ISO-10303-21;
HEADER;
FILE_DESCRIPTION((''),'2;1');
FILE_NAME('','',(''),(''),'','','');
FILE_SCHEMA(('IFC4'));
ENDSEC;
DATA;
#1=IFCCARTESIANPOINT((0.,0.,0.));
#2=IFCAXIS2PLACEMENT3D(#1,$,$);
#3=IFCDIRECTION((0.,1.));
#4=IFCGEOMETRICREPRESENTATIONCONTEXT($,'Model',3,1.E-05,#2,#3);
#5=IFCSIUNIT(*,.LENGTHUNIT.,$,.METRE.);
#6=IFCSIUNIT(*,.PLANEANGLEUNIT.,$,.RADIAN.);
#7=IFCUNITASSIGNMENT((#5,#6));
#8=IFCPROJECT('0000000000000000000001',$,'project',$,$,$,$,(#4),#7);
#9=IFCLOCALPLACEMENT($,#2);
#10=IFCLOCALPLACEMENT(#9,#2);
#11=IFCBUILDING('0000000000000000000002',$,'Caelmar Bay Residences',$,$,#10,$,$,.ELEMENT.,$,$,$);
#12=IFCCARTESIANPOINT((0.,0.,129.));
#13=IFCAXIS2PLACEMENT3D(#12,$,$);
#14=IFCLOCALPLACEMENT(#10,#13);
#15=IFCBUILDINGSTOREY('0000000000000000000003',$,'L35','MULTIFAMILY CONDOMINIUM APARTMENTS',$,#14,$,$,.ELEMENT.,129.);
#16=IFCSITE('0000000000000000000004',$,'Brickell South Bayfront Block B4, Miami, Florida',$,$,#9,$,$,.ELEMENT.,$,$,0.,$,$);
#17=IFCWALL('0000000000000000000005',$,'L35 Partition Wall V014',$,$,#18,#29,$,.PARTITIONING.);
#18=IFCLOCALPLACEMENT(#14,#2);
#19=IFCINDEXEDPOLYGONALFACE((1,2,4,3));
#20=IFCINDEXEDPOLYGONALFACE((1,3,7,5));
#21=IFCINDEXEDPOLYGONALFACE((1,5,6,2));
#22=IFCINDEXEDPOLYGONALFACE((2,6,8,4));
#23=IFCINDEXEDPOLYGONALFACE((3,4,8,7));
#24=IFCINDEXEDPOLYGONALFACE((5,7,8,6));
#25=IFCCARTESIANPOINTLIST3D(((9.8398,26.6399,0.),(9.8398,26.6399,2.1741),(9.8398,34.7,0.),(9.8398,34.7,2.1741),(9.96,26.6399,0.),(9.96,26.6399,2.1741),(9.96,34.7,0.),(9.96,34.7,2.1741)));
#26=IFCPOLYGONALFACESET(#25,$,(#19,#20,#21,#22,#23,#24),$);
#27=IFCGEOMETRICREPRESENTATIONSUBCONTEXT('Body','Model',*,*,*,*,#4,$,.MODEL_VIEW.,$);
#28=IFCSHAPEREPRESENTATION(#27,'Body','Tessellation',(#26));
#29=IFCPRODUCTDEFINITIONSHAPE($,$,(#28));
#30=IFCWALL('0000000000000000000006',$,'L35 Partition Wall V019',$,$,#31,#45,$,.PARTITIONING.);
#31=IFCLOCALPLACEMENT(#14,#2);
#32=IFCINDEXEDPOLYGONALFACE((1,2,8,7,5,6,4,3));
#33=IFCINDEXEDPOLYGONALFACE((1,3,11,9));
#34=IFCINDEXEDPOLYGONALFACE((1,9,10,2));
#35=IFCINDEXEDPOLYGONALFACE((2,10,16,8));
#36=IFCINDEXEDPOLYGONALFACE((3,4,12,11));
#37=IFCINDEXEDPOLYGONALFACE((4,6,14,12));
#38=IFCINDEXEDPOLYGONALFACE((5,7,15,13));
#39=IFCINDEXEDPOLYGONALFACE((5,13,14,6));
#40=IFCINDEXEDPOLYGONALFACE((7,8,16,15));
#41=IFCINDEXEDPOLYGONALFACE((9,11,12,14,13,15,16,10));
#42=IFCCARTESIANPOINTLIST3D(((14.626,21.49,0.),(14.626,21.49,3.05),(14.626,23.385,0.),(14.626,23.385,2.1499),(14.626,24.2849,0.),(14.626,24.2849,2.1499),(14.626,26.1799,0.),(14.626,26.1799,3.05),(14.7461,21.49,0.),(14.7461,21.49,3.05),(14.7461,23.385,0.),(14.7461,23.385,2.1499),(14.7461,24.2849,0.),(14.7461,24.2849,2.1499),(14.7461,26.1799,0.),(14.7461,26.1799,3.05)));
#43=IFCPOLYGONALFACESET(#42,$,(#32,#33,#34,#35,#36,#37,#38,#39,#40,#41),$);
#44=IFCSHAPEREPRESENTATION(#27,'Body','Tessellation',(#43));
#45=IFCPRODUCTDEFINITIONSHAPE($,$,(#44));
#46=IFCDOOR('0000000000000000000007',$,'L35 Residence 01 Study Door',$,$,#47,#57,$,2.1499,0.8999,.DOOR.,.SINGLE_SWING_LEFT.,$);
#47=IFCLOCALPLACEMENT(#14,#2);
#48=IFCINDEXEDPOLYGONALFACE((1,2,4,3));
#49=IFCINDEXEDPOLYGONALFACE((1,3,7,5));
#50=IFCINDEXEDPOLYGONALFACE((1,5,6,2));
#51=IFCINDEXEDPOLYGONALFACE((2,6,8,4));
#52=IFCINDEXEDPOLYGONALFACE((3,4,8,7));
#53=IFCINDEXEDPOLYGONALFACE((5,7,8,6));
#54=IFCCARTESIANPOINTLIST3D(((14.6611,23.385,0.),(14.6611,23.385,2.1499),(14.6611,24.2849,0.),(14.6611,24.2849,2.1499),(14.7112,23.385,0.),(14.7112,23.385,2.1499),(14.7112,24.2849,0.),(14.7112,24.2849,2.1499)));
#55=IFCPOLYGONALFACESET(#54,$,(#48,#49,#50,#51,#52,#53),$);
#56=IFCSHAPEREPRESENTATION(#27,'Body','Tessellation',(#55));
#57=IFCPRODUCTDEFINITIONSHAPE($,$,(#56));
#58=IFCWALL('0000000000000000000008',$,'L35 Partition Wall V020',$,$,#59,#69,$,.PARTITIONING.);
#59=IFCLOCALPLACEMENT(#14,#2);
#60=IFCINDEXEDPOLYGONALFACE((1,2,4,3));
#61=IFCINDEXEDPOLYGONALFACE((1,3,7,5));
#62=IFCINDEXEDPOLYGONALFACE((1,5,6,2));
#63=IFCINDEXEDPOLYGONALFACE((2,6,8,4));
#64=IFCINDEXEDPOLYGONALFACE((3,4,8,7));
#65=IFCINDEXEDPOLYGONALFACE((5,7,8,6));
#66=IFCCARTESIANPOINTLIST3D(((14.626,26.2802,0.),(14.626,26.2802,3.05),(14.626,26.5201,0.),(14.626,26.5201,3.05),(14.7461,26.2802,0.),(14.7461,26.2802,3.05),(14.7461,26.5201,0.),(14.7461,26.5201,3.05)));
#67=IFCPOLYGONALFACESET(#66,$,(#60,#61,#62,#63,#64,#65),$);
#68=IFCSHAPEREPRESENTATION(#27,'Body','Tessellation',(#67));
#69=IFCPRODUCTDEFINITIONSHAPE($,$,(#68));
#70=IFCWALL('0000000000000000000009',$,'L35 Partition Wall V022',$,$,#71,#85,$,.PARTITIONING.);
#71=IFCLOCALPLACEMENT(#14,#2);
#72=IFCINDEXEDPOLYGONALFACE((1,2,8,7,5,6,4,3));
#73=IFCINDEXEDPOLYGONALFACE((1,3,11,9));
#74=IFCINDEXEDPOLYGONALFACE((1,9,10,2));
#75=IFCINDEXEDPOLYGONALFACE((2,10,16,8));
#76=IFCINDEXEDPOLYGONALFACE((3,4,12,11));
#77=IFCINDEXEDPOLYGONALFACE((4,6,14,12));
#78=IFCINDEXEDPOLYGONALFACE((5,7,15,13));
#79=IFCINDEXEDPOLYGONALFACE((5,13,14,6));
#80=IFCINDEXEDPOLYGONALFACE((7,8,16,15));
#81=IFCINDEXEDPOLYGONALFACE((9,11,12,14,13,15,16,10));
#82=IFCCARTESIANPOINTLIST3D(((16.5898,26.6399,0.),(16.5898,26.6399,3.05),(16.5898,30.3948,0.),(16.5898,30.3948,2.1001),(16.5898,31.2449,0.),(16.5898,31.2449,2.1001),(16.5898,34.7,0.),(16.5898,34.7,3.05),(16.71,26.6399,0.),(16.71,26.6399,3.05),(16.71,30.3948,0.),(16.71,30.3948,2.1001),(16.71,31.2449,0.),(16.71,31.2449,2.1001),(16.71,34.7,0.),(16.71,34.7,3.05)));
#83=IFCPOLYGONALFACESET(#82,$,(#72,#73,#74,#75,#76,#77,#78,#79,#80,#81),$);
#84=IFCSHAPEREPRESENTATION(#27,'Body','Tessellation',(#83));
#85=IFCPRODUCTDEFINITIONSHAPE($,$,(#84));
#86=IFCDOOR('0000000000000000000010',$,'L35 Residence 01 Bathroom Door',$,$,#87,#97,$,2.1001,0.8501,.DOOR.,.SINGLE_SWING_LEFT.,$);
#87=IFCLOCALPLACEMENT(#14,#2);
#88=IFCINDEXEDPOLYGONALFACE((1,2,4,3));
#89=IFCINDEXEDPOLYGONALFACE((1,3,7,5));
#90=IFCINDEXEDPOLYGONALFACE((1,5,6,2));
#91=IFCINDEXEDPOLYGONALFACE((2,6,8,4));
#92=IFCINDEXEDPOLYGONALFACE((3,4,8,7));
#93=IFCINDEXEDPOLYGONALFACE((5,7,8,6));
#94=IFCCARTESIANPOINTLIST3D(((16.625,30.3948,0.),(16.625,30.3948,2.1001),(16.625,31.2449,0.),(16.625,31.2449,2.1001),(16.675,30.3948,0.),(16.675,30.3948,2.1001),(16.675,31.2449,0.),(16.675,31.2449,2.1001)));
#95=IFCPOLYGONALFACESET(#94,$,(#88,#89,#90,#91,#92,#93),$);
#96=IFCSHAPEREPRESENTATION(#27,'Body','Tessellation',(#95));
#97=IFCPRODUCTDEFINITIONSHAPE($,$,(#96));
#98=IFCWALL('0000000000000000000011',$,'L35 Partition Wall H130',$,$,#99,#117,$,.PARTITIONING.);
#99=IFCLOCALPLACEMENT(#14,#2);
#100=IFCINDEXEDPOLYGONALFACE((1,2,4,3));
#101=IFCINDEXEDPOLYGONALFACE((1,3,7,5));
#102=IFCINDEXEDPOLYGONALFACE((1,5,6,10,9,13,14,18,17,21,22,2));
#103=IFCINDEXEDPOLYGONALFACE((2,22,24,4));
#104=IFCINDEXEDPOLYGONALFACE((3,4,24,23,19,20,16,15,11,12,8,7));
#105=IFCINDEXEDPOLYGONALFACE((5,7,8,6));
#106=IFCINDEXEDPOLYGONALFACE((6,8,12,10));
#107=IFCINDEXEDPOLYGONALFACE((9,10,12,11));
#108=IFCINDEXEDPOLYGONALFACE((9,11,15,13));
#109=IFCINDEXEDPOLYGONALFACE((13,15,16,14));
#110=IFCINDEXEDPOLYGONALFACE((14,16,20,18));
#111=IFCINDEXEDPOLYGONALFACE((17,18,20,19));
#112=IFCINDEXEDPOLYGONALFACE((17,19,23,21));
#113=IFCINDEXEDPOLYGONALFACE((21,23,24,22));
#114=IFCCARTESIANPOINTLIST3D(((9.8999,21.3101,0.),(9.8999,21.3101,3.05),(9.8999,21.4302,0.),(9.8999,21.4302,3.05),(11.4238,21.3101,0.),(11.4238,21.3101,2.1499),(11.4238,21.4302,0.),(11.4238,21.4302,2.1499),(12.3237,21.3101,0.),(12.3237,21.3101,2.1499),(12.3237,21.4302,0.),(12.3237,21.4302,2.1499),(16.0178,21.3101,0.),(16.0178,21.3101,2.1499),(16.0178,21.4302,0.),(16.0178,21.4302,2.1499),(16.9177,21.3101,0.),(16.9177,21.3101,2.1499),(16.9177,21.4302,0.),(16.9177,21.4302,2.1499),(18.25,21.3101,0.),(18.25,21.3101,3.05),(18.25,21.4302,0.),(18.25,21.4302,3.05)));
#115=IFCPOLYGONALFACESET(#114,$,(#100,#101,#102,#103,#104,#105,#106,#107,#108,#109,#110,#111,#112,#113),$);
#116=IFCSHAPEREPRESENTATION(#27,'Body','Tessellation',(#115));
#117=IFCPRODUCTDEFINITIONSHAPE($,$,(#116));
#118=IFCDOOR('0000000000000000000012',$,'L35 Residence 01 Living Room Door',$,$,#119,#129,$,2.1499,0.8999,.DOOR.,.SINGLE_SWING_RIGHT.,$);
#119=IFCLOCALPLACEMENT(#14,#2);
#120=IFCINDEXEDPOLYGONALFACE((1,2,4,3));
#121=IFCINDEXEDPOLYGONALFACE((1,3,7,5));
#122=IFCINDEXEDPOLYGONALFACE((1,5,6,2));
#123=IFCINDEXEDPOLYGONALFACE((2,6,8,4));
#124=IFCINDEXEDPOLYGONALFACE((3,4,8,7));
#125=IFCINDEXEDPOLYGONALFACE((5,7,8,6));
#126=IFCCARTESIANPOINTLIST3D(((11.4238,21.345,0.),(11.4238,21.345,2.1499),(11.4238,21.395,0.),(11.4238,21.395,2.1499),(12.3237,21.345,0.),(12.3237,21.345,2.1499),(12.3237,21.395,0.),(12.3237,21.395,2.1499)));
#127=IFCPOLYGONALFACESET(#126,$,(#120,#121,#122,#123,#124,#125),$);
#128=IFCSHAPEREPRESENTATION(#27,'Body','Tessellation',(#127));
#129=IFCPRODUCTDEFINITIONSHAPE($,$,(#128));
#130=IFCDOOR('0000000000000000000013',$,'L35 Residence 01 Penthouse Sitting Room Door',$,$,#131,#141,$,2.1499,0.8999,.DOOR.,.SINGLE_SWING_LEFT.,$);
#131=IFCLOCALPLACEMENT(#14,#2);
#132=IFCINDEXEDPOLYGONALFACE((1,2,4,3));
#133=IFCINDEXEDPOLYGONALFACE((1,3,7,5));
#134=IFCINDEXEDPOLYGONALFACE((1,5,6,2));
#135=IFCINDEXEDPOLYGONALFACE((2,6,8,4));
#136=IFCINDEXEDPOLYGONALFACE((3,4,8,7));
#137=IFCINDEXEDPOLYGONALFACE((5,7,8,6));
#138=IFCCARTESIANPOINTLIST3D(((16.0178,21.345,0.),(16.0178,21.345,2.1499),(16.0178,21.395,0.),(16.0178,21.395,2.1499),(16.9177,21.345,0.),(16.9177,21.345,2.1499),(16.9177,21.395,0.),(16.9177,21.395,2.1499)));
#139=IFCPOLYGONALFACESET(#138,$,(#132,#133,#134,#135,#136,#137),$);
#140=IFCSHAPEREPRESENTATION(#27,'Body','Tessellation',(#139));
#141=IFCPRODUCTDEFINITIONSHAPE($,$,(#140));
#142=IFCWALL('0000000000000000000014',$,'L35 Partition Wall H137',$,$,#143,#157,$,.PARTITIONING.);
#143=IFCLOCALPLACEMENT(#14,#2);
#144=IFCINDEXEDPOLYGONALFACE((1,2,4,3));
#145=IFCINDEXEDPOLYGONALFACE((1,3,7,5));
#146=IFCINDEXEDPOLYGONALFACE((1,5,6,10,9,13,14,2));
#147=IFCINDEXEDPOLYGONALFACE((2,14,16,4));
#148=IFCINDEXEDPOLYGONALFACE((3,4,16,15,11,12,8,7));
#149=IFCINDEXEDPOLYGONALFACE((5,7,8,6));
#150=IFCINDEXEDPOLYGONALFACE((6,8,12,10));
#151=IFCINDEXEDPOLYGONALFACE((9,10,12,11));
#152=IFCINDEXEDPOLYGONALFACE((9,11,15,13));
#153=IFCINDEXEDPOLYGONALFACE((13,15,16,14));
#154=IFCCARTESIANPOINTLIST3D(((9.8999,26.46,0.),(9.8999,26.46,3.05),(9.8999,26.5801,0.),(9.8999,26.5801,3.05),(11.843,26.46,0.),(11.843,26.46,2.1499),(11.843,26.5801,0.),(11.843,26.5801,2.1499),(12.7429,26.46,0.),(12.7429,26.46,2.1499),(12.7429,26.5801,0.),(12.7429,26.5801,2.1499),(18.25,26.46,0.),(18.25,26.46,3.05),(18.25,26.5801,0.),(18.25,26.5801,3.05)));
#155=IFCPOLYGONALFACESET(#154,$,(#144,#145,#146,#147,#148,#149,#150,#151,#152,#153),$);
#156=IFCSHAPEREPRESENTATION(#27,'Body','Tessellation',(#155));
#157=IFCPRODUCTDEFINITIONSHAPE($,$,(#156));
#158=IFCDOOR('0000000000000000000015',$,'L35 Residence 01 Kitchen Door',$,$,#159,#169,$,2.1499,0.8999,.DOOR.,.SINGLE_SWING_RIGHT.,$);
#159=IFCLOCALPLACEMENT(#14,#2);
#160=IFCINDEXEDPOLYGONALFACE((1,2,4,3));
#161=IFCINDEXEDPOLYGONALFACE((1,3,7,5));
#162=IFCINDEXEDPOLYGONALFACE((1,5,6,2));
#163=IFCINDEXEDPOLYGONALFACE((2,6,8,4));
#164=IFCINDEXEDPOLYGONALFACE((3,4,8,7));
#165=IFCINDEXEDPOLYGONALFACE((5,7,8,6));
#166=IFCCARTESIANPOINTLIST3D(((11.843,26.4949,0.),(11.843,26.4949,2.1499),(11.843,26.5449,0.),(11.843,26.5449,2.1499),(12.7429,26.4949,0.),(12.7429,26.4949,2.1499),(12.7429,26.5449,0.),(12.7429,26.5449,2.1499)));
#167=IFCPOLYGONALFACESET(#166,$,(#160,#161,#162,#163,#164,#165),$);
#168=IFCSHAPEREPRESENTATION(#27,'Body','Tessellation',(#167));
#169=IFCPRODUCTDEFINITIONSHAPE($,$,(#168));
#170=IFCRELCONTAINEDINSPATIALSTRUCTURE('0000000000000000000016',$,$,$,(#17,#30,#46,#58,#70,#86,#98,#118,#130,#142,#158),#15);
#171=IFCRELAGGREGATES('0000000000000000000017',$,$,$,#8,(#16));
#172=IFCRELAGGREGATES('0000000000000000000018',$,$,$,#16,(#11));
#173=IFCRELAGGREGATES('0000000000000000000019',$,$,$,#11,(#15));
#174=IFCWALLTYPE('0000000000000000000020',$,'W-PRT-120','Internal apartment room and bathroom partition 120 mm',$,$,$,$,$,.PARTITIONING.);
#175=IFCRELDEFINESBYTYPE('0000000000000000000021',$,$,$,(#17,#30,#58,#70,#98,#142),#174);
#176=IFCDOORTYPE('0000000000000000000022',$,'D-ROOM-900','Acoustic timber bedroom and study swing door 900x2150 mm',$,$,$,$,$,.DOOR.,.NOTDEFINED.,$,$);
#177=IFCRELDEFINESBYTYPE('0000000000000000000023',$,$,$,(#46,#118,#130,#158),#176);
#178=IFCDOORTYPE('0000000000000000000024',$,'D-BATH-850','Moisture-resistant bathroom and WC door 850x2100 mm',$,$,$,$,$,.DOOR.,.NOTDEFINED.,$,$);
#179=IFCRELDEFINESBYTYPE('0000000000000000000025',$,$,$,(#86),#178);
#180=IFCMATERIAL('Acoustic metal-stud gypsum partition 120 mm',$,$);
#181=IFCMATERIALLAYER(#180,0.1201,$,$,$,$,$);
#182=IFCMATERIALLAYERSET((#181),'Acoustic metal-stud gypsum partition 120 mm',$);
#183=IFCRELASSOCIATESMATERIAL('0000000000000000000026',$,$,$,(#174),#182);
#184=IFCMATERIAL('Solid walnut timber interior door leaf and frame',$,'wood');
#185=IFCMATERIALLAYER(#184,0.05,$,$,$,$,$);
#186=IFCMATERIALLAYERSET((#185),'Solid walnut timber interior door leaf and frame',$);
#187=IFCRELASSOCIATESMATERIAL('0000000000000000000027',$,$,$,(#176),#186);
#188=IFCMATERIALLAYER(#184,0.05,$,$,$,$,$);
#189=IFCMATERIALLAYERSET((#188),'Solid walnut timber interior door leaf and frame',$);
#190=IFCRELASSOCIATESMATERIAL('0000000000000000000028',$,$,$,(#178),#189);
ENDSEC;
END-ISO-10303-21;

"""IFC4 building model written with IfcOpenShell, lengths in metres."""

from ifc_helpers import new_model, si_unit, direction, frame, frame_2d, origin, place, context, subcontext, project, spatial, rectangle, extrude, material, layer, layer_set, type_object, element, fill, save


model = new_model("IFC4")

# Units and contexts
model_context = context("Model", 3, precision=1e-05, world=origin(), true_north=direction((0.0, 1.0)))
body_context = subcontext(model_context, "Body", "Model", "MODEL_VIEW")
ifc_project = project(units=[si_unit("LENGTHUNIT", "METRE"), si_unit("PLANEANGLEUNIT", "RADIAN")], contexts=[model_context])

# Site, building, storey
site_placement = place(None, origin())
site = spatial("IfcSite", under=ifc_project, at=site_placement, Name="Brickell South Bayfront Block B4, Miami, Florida", CompositionType="ELEMENT", RefElevation=0.0)
building_placement = place(site_placement, origin())
building = spatial("IfcBuilding", under=site, at=building_placement, Name="Caelmar Bay Residences", CompositionType="ELEMENT")
storey_placement = place(building_placement, frame((0.0, 0.0, 129.0)))
storey = spatial("IfcBuildingStorey", under=building, at=storey_placement, Name="L35", Description="MULTIFAMILY CONDOMINIUM APARTMENTS", CompositionType="ELEMENT", Elevation=129.0)

# Shared definitions
ifc_material_1 = material(Name="Acoustic metal-stud gypsum partition 120 mm")
ifc_layer_1 = layer(ifc_material_1, 0.1201)
ifc_layer_set_1 = layer_set([ifc_layer_1], Name="Acoustic metal-stud gypsum partition 120 mm")
wall_type_1 = type_object("IfcWallType", Name="W-PRT-120", Description="Internal apartment room and bathroom partition 120 mm", PredefinedType="PARTITIONING", material=ifc_layer_set_1)

# Shared definitions
ifc_material_2 = material(Name="Solid walnut timber interior door leaf and frame", Category="wood")
ifc_layer_2 = layer(ifc_material_2, 0.05)
ifc_layer_set_2 = layer_set([ifc_layer_2], Name="Solid walnut timber interior door leaf and frame")
door_type_1 = type_object("IfcDoorType", Name="D-ROOM-900", Description="Acoustic timber bedroom and study swing door 900x2150 mm", OperationType="NOTDEFINED", PredefinedType="DOOR", material=ifc_layer_set_2)

# Wall
wall_1_placement = place(storey_placement, frame((9.8999, 26.6399, 0.0), z_axis=(0.0, 0.0, 1.0), x_axis=(0.0, 1.0, 0.0)))
element("IfcWall", 1, at=wall_1_placement, inside=storey, type_object=wall_type_1, Name="L35 Partition Wall V014", PredefinedType="PARTITIONING", context=body_context, shape_type="SweptSolid", body=[
    extrude(rectangle(XDim=8.0601, YDim=0.1201, at=frame_2d((4.03, 0.0))), origin(), (0.0, 0.0, 1.0), 2.1741),
])

# Wall, opening, door
wall_2_placement = place(storey_placement, frame((14.686, 21.49, 0.0), z_axis=(0.0, 0.0, 1.0), x_axis=(0.0, 1.0, 0.0)))
wall_2 = element("IfcWall", 2, at=wall_2_placement, inside=storey, type_object=wall_type_1, Name="L35 Partition Wall V019", PredefinedType="PARTITIONING", context=body_context, shape_type="SweptSolid", body=[
    extrude(rectangle(XDim=4.6899, YDim=0.1201, at=frame_2d((2.345, 0.0))), origin(), (0.0, 0.0, 1.0), 3.05),
])
opening_1_placement = place(wall_2_placement, frame((1.895, 0.0, 0.0)))
opening_1 = element("IfcOpeningElement", 3, at=opening_1_placement, cuts=wall_2, PredefinedType="OPENING", context=body_context, shape_type="SweptSolid", body=[
    extrude(rectangle(XDim=0.8999, YDim=2.1499, at=frame_2d((0.45, 1.075))), frame((0.0, 0.0701, 0.0), z_axis=(0.0, -1.0, 0.0), x_axis=(1.0, 0.0, 0.0)), (0.0, 0.0, 1.0), 0.1401),
])
door_1_placement = place(opening_1_placement, origin())
door_1 = element("IfcDoor", 4, at=door_1_placement, inside=storey, type_object=door_type_1, Name="L35 Residence 01 Study Door", OperationType="SINGLE_SWING_LEFT", OverallHeight=2.1499, OverallWidth=0.8999, PredefinedType="DOOR", context=body_context, shape_type="SweptSolid", body=[
    extrude(rectangle(XDim=0.8999, YDim=2.1499, at=frame_2d((0.45, 1.075))), frame((0.0, 0.0249, 0.0), z_axis=(0.0, -1.0, 0.0), x_axis=(1.0, 0.0, 0.0)), (0.0, 0.0, 1.0), 0.05),
])
fill(opening_1, door_1)

# Wall
wall_3_placement = place(storey_placement, frame((14.686, 26.28, 0.0), z_axis=(0.0, 0.0, 1.0), x_axis=(0.0, 1.0, 0.0)))
element("IfcWall", 5, at=wall_3_placement, inside=storey, type_object=wall_type_1, Name="L35 Partition Wall V020", PredefinedType="PARTITIONING", context=body_context, shape_type="SweptSolid", body=[
    extrude(rectangle(XDim=0.24, YDim=0.1201, at=frame_2d((0.1201, 0.0))), origin(), (0.0, 0.0, 1.0), 3.05),
])

# Wall, opening, door
wall_4_placement = place(storey_placement, frame((16.6499, 26.6399, 0.0), z_axis=(0.0, 0.0, 1.0), x_axis=(0.0, 1.0, 0.0)))
wall_4 = element("IfcWall", 6, at=wall_4_placement, inside=storey, type_object=wall_type_1, Name="L35 Partition Wall V022", PredefinedType="PARTITIONING", context=body_context, shape_type="SweptSolid", body=[
    extrude(rectangle(XDim=8.0601, YDim=0.1201, at=frame_2d((4.03, 0.0))), origin(), (0.0, 0.0, 1.0), 3.05),
])
opening_2_placement = place(wall_4_placement, frame((3.7549, 0.0, 0.0)))
opening_2 = element("IfcOpeningElement", 7, at=opening_2_placement, cuts=wall_4, PredefinedType="OPENING", context=body_context, shape_type="SweptSolid", body=[
    extrude(rectangle(XDim=0.8501, YDim=2.1001, at=frame_2d((0.425, 1.05))), frame((0.0, 0.0701, 0.0), z_axis=(0.0, -1.0, 0.0), x_axis=(1.0, 0.0, 0.0)), (0.0, 0.0, 1.0), 0.1401),
])
ifc_layer_3 = layer(ifc_material_2, 0.05)
ifc_layer_set_3 = layer_set([ifc_layer_3], Name="Solid walnut timber interior door leaf and frame")
door_type_2 = type_object("IfcDoorType", Name="D-BATH-850", Description="Moisture-resistant bathroom and WC door 850x2100 mm", OperationType="NOTDEFINED", PredefinedType="DOOR", material=ifc_layer_set_3)
door_2_placement = place(opening_2_placement, origin())
door_2 = element("IfcDoor", 8, at=door_2_placement, inside=storey, type_object=door_type_2, Name="L35 Residence 01 Bathroom Door", OperationType="SINGLE_SWING_LEFT", OverallHeight=2.1001, OverallWidth=0.8501, PredefinedType="DOOR", context=body_context, shape_type="SweptSolid", body=[
    extrude(rectangle(XDim=0.8501, YDim=2.1001, at=frame_2d((0.425, 1.05))), frame((0.0, 0.0249, 0.0), z_axis=(0.0, -1.0, 0.0), x_axis=(1.0, 0.0, 0.0)), (0.0, 0.0, 1.0), 0.05),
])
fill(opening_2, door_2)

# Wall, openings, doors
wall_5_placement = place(storey_placement, frame((9.8999, 21.3701, 0.0), z_axis=(0.0, 0.0, 1.0), x_axis=(1.0, 0.0, 0.0)))
wall_5 = element("IfcWall", 9, at=wall_5_placement, inside=storey, type_object=wall_type_1, Name="L35 Partition Wall H130", PredefinedType="PARTITIONING", context=body_context, shape_type="SweptSolid", body=[
    extrude(rectangle(XDim=8.3501, YDim=0.1201, at=frame_2d((4.175, 0.0))), origin(), (0.0, 0.0, 1.0), 3.05),
])
opening_3_placement = place(wall_5_placement, frame((1.5239, 0.0, 0.0)))
opening_3 = element("IfcOpeningElement", 10, at=opening_3_placement, cuts=wall_5, PredefinedType="OPENING", context=body_context, shape_type="SweptSolid", body=[
    extrude(rectangle(XDim=0.8999, YDim=2.1499, at=frame_2d((0.45, 1.075))), frame((0.0, 0.0701, 0.0), z_axis=(0.0, -1.0, 0.0), x_axis=(1.0, 0.0, 0.0)), (0.0, 0.0, 1.0), 0.1401),
])
opening_4_placement = place(wall_5_placement, frame((6.1179, 0.0, 0.0)))
opening_4 = element("IfcOpeningElement", 11, at=opening_4_placement, cuts=wall_5, PredefinedType="OPENING", context=body_context, shape_type="SweptSolid", body=[
    extrude(rectangle(XDim=0.8999, YDim=2.1499, at=frame_2d((0.45, 1.075))), frame((0.0, 0.0701, 0.0), z_axis=(0.0, -1.0, 0.0), x_axis=(1.0, 0.0, 0.0)), (0.0, 0.0, 1.0), 0.1401),
])
door_3_placement = place(opening_3_placement, origin())
door_3 = element("IfcDoor", 12, at=door_3_placement, inside=storey, type_object=door_type_1, Name="L35 Residence 01 Living Room Door", OperationType="SINGLE_SWING_RIGHT", OverallHeight=2.1499, OverallWidth=0.8999, PredefinedType="DOOR", context=body_context, shape_type="SweptSolid", body=[
    extrude(rectangle(XDim=0.8999, YDim=2.1499, at=frame_2d((0.45, 1.075))), frame((0.0, 0.0249, 0.0), z_axis=(0.0, -1.0, 0.0), x_axis=(1.0, 0.0, 0.0)), (0.0, 0.0, 1.0), 0.05),
])
fill(opening_3, door_3)
door_4_placement = place(opening_4_placement, origin())
door_4 = element("IfcDoor", 13, at=door_4_placement, inside=storey, type_object=door_type_1, Name="L35 Residence 01 Penthouse Sitting Room Door", OperationType="SINGLE_SWING_LEFT", OverallHeight=2.1499, OverallWidth=0.8999, PredefinedType="DOOR", context=body_context, shape_type="SweptSolid", body=[
    extrude(rectangle(XDim=0.8999, YDim=2.1499, at=frame_2d((0.45, 1.075))), frame((0.0, 0.0249, 0.0), z_axis=(0.0, -1.0, 0.0), x_axis=(1.0, 0.0, 0.0)), (0.0, 0.0, 1.0), 0.05),
])
fill(opening_4, door_4)

# Wall, opening, door
wall_6_placement = place(storey_placement, frame((9.8999, 26.52, 0.0), z_axis=(0.0, 0.0, 1.0), x_axis=(1.0, 0.0, 0.0)))
wall_6 = element("IfcWall", 14, at=wall_6_placement, inside=storey, type_object=wall_type_1, Name="L35 Partition Wall H137", PredefinedType="PARTITIONING", context=body_context, shape_type="SweptSolid", body=[
    extrude(rectangle(XDim=8.3501, YDim=0.1201, at=frame_2d((4.175, 0.0))), origin(), (0.0, 0.0, 1.0), 3.05),
])
opening_5_placement = place(wall_6_placement, frame((1.9431, 0.0, 0.0)))
opening_5 = element("IfcOpeningElement", 15, at=opening_5_placement, cuts=wall_6, PredefinedType="OPENING", context=body_context, shape_type="SweptSolid", body=[
    extrude(rectangle(XDim=0.8999, YDim=2.1499, at=frame_2d((0.45, 1.075))), frame((0.0, 0.0701, 0.0), z_axis=(0.0, -1.0, 0.0), x_axis=(1.0, 0.0, 0.0)), (0.0, 0.0, 1.0), 0.1401),
])
door_5_placement = place(opening_5_placement, origin())
door_5 = element("IfcDoor", 16, at=door_5_placement, inside=storey, type_object=door_type_1, Name="L35 Residence 01 Kitchen Door", OperationType="SINGLE_SWING_RIGHT", OverallHeight=2.1499, OverallWidth=0.8999, PredefinedType="DOOR", context=body_context, shape_type="SweptSolid", body=[
    extrude(rectangle(XDim=0.8999, YDim=2.1499, at=frame_2d((0.45, 1.075))), frame((0.0, 0.0249, 0.0), z_axis=(0.0, -1.0, 0.0), x_axis=(1.0, 0.0, 0.0)), (0.0, 0.0, 1.0), 0.05),
])
fill(opening_5, door_5)

save(model, "model.ifc")
